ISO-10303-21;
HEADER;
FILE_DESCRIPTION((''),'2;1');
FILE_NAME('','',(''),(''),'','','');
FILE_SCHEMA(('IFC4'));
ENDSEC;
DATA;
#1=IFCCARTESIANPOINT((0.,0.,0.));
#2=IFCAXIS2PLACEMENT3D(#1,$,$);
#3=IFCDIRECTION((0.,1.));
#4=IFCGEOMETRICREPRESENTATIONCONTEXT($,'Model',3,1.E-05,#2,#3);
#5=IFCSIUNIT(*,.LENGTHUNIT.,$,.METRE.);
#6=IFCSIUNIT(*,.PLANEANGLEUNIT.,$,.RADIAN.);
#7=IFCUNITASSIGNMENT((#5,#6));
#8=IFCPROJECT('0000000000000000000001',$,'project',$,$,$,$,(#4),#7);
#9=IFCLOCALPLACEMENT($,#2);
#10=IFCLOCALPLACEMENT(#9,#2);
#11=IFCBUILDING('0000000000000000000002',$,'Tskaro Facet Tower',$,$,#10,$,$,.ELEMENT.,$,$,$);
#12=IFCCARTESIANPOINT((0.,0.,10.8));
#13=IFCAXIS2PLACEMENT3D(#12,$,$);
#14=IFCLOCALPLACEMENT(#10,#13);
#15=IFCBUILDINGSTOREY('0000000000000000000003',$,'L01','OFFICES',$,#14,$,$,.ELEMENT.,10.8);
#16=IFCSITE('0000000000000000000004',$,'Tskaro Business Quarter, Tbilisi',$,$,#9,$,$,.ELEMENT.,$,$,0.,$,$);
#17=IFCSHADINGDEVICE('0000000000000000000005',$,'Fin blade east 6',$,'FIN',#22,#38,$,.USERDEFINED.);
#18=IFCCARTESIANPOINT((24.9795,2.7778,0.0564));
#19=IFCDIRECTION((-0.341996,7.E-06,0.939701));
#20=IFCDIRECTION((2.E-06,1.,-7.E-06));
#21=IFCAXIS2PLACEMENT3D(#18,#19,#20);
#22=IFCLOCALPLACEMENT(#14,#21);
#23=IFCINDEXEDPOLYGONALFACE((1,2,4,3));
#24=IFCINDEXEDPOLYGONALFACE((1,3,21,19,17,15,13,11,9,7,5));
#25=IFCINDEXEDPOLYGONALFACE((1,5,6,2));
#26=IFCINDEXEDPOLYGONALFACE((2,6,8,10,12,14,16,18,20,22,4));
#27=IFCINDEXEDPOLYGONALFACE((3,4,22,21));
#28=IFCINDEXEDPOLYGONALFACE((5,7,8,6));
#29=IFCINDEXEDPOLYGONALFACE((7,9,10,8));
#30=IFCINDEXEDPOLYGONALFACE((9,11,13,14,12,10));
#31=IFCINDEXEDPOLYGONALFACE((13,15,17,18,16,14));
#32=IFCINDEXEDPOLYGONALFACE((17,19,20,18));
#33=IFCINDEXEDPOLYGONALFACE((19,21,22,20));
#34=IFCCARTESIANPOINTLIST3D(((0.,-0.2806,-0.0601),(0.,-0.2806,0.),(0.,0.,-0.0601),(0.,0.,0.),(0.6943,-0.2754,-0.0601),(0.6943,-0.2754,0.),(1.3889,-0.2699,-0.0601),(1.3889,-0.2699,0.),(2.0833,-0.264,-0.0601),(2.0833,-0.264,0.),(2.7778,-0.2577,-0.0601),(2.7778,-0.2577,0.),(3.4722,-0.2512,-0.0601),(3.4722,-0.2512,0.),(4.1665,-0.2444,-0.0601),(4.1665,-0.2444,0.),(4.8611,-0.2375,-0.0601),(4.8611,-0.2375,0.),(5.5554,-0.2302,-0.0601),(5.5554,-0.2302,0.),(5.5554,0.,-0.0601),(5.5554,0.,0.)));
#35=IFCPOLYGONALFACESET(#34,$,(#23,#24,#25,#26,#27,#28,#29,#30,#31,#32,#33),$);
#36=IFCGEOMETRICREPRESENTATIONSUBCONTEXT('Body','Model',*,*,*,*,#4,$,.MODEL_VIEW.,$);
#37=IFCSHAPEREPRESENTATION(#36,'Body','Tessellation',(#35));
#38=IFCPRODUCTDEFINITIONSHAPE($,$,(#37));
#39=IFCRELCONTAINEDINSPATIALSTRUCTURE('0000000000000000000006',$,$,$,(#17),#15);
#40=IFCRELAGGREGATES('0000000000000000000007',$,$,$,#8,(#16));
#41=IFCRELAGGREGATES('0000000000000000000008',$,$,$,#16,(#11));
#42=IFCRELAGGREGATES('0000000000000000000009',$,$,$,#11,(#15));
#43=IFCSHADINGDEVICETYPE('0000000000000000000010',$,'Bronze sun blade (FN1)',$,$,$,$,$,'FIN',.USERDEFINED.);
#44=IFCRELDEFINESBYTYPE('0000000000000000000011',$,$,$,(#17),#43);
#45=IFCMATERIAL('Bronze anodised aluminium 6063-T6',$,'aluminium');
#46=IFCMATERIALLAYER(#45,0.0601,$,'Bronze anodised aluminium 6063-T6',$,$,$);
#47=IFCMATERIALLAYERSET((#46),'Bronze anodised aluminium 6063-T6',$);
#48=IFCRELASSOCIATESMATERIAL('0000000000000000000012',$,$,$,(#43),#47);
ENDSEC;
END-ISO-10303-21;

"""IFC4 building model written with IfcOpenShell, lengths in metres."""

from ifc_helpers import new_model, si_unit, direction, frame, origin, place, context, subcontext, project, spatial, polyline, outline, extrude, material, layer, layer_set, type_object, element, save


model = new_model("IFC4")

# Units and contexts
model_context = context("Model", 3, precision=1e-05, world=origin(), true_north=direction((0.0, 1.0)))
body_context = subcontext(model_context, "Body", "Model", "MODEL_VIEW")
ifc_project = project(units=[si_unit("LENGTHUNIT", "METRE"), si_unit("PLANEANGLEUNIT", "RADIAN")], contexts=[model_context])

# Site, building, storey
site_placement = place(None, origin())
site = spatial("IfcSite", under=ifc_project, at=site_placement, Name="Tskaro Business Quarter, Tbilisi", CompositionType="ELEMENT", RefElevation=0.0)
building_placement = place(site_placement, origin())
building = spatial("IfcBuilding", under=site, at=building_placement, Name="Tskaro Facet Tower", CompositionType="ELEMENT")
storey_placement = place(building_placement, frame((0.0, 0.0, 10.8)))
storey = spatial("IfcBuildingStorey", under=building, at=storey_placement, Name="L01", Description="OFFICES", CompositionType="ELEMENT", Elevation=10.8)

# Shared definitions
ifc_material_1 = material(Name="Bronze anodised aluminium 6063-T6", Category="aluminium")

# Shading device
ifc_layer_1 = layer(ifc_material_1, 0.0601, Name="Bronze anodised aluminium 6063-T6")
ifc_layer_set_1 = layer_set([ifc_layer_1], Name="Bronze anodised aluminium 6063-T6")
shading_device_type = type_object("IfcShadingDeviceType", Name="Bronze sun blade (FN1)", ElementType="FIN", PredefinedType="USERDEFINED", material=ifc_layer_set_1)
shading_device_1_placement = place(storey_placement, frame((24.9795, 2.7778, 0.0564), z_axis=(-0.341996, 0.000007, 0.939701), x_axis=(0.000002, 1.0, -0.000007)))
element("IfcShadingDevice", 1, at=shading_device_1_placement, inside=storey, type_object=shading_device_type, Name="Fin blade east 6", ObjectType="FIN", PredefinedType="USERDEFINED", context=body_context, shape_type="SweptSolid", body=[
    extrude(outline(polyline([(0.0, 0.0), (5.5554, 0.0), (5.5554, -0.2302), (4.8611, -0.2375), (4.1665, -0.2444), (3.4722, -0.2512), (2.7778, -0.2577), (2.0833, -0.264), (1.3889, -0.2699), (0.6943, -0.2754), (0.0, -0.2806), (0.0, 0.0)])), origin(), (0.0, 0.0, -1.0), 0.0601),
])

save(model, "model.ifc")
